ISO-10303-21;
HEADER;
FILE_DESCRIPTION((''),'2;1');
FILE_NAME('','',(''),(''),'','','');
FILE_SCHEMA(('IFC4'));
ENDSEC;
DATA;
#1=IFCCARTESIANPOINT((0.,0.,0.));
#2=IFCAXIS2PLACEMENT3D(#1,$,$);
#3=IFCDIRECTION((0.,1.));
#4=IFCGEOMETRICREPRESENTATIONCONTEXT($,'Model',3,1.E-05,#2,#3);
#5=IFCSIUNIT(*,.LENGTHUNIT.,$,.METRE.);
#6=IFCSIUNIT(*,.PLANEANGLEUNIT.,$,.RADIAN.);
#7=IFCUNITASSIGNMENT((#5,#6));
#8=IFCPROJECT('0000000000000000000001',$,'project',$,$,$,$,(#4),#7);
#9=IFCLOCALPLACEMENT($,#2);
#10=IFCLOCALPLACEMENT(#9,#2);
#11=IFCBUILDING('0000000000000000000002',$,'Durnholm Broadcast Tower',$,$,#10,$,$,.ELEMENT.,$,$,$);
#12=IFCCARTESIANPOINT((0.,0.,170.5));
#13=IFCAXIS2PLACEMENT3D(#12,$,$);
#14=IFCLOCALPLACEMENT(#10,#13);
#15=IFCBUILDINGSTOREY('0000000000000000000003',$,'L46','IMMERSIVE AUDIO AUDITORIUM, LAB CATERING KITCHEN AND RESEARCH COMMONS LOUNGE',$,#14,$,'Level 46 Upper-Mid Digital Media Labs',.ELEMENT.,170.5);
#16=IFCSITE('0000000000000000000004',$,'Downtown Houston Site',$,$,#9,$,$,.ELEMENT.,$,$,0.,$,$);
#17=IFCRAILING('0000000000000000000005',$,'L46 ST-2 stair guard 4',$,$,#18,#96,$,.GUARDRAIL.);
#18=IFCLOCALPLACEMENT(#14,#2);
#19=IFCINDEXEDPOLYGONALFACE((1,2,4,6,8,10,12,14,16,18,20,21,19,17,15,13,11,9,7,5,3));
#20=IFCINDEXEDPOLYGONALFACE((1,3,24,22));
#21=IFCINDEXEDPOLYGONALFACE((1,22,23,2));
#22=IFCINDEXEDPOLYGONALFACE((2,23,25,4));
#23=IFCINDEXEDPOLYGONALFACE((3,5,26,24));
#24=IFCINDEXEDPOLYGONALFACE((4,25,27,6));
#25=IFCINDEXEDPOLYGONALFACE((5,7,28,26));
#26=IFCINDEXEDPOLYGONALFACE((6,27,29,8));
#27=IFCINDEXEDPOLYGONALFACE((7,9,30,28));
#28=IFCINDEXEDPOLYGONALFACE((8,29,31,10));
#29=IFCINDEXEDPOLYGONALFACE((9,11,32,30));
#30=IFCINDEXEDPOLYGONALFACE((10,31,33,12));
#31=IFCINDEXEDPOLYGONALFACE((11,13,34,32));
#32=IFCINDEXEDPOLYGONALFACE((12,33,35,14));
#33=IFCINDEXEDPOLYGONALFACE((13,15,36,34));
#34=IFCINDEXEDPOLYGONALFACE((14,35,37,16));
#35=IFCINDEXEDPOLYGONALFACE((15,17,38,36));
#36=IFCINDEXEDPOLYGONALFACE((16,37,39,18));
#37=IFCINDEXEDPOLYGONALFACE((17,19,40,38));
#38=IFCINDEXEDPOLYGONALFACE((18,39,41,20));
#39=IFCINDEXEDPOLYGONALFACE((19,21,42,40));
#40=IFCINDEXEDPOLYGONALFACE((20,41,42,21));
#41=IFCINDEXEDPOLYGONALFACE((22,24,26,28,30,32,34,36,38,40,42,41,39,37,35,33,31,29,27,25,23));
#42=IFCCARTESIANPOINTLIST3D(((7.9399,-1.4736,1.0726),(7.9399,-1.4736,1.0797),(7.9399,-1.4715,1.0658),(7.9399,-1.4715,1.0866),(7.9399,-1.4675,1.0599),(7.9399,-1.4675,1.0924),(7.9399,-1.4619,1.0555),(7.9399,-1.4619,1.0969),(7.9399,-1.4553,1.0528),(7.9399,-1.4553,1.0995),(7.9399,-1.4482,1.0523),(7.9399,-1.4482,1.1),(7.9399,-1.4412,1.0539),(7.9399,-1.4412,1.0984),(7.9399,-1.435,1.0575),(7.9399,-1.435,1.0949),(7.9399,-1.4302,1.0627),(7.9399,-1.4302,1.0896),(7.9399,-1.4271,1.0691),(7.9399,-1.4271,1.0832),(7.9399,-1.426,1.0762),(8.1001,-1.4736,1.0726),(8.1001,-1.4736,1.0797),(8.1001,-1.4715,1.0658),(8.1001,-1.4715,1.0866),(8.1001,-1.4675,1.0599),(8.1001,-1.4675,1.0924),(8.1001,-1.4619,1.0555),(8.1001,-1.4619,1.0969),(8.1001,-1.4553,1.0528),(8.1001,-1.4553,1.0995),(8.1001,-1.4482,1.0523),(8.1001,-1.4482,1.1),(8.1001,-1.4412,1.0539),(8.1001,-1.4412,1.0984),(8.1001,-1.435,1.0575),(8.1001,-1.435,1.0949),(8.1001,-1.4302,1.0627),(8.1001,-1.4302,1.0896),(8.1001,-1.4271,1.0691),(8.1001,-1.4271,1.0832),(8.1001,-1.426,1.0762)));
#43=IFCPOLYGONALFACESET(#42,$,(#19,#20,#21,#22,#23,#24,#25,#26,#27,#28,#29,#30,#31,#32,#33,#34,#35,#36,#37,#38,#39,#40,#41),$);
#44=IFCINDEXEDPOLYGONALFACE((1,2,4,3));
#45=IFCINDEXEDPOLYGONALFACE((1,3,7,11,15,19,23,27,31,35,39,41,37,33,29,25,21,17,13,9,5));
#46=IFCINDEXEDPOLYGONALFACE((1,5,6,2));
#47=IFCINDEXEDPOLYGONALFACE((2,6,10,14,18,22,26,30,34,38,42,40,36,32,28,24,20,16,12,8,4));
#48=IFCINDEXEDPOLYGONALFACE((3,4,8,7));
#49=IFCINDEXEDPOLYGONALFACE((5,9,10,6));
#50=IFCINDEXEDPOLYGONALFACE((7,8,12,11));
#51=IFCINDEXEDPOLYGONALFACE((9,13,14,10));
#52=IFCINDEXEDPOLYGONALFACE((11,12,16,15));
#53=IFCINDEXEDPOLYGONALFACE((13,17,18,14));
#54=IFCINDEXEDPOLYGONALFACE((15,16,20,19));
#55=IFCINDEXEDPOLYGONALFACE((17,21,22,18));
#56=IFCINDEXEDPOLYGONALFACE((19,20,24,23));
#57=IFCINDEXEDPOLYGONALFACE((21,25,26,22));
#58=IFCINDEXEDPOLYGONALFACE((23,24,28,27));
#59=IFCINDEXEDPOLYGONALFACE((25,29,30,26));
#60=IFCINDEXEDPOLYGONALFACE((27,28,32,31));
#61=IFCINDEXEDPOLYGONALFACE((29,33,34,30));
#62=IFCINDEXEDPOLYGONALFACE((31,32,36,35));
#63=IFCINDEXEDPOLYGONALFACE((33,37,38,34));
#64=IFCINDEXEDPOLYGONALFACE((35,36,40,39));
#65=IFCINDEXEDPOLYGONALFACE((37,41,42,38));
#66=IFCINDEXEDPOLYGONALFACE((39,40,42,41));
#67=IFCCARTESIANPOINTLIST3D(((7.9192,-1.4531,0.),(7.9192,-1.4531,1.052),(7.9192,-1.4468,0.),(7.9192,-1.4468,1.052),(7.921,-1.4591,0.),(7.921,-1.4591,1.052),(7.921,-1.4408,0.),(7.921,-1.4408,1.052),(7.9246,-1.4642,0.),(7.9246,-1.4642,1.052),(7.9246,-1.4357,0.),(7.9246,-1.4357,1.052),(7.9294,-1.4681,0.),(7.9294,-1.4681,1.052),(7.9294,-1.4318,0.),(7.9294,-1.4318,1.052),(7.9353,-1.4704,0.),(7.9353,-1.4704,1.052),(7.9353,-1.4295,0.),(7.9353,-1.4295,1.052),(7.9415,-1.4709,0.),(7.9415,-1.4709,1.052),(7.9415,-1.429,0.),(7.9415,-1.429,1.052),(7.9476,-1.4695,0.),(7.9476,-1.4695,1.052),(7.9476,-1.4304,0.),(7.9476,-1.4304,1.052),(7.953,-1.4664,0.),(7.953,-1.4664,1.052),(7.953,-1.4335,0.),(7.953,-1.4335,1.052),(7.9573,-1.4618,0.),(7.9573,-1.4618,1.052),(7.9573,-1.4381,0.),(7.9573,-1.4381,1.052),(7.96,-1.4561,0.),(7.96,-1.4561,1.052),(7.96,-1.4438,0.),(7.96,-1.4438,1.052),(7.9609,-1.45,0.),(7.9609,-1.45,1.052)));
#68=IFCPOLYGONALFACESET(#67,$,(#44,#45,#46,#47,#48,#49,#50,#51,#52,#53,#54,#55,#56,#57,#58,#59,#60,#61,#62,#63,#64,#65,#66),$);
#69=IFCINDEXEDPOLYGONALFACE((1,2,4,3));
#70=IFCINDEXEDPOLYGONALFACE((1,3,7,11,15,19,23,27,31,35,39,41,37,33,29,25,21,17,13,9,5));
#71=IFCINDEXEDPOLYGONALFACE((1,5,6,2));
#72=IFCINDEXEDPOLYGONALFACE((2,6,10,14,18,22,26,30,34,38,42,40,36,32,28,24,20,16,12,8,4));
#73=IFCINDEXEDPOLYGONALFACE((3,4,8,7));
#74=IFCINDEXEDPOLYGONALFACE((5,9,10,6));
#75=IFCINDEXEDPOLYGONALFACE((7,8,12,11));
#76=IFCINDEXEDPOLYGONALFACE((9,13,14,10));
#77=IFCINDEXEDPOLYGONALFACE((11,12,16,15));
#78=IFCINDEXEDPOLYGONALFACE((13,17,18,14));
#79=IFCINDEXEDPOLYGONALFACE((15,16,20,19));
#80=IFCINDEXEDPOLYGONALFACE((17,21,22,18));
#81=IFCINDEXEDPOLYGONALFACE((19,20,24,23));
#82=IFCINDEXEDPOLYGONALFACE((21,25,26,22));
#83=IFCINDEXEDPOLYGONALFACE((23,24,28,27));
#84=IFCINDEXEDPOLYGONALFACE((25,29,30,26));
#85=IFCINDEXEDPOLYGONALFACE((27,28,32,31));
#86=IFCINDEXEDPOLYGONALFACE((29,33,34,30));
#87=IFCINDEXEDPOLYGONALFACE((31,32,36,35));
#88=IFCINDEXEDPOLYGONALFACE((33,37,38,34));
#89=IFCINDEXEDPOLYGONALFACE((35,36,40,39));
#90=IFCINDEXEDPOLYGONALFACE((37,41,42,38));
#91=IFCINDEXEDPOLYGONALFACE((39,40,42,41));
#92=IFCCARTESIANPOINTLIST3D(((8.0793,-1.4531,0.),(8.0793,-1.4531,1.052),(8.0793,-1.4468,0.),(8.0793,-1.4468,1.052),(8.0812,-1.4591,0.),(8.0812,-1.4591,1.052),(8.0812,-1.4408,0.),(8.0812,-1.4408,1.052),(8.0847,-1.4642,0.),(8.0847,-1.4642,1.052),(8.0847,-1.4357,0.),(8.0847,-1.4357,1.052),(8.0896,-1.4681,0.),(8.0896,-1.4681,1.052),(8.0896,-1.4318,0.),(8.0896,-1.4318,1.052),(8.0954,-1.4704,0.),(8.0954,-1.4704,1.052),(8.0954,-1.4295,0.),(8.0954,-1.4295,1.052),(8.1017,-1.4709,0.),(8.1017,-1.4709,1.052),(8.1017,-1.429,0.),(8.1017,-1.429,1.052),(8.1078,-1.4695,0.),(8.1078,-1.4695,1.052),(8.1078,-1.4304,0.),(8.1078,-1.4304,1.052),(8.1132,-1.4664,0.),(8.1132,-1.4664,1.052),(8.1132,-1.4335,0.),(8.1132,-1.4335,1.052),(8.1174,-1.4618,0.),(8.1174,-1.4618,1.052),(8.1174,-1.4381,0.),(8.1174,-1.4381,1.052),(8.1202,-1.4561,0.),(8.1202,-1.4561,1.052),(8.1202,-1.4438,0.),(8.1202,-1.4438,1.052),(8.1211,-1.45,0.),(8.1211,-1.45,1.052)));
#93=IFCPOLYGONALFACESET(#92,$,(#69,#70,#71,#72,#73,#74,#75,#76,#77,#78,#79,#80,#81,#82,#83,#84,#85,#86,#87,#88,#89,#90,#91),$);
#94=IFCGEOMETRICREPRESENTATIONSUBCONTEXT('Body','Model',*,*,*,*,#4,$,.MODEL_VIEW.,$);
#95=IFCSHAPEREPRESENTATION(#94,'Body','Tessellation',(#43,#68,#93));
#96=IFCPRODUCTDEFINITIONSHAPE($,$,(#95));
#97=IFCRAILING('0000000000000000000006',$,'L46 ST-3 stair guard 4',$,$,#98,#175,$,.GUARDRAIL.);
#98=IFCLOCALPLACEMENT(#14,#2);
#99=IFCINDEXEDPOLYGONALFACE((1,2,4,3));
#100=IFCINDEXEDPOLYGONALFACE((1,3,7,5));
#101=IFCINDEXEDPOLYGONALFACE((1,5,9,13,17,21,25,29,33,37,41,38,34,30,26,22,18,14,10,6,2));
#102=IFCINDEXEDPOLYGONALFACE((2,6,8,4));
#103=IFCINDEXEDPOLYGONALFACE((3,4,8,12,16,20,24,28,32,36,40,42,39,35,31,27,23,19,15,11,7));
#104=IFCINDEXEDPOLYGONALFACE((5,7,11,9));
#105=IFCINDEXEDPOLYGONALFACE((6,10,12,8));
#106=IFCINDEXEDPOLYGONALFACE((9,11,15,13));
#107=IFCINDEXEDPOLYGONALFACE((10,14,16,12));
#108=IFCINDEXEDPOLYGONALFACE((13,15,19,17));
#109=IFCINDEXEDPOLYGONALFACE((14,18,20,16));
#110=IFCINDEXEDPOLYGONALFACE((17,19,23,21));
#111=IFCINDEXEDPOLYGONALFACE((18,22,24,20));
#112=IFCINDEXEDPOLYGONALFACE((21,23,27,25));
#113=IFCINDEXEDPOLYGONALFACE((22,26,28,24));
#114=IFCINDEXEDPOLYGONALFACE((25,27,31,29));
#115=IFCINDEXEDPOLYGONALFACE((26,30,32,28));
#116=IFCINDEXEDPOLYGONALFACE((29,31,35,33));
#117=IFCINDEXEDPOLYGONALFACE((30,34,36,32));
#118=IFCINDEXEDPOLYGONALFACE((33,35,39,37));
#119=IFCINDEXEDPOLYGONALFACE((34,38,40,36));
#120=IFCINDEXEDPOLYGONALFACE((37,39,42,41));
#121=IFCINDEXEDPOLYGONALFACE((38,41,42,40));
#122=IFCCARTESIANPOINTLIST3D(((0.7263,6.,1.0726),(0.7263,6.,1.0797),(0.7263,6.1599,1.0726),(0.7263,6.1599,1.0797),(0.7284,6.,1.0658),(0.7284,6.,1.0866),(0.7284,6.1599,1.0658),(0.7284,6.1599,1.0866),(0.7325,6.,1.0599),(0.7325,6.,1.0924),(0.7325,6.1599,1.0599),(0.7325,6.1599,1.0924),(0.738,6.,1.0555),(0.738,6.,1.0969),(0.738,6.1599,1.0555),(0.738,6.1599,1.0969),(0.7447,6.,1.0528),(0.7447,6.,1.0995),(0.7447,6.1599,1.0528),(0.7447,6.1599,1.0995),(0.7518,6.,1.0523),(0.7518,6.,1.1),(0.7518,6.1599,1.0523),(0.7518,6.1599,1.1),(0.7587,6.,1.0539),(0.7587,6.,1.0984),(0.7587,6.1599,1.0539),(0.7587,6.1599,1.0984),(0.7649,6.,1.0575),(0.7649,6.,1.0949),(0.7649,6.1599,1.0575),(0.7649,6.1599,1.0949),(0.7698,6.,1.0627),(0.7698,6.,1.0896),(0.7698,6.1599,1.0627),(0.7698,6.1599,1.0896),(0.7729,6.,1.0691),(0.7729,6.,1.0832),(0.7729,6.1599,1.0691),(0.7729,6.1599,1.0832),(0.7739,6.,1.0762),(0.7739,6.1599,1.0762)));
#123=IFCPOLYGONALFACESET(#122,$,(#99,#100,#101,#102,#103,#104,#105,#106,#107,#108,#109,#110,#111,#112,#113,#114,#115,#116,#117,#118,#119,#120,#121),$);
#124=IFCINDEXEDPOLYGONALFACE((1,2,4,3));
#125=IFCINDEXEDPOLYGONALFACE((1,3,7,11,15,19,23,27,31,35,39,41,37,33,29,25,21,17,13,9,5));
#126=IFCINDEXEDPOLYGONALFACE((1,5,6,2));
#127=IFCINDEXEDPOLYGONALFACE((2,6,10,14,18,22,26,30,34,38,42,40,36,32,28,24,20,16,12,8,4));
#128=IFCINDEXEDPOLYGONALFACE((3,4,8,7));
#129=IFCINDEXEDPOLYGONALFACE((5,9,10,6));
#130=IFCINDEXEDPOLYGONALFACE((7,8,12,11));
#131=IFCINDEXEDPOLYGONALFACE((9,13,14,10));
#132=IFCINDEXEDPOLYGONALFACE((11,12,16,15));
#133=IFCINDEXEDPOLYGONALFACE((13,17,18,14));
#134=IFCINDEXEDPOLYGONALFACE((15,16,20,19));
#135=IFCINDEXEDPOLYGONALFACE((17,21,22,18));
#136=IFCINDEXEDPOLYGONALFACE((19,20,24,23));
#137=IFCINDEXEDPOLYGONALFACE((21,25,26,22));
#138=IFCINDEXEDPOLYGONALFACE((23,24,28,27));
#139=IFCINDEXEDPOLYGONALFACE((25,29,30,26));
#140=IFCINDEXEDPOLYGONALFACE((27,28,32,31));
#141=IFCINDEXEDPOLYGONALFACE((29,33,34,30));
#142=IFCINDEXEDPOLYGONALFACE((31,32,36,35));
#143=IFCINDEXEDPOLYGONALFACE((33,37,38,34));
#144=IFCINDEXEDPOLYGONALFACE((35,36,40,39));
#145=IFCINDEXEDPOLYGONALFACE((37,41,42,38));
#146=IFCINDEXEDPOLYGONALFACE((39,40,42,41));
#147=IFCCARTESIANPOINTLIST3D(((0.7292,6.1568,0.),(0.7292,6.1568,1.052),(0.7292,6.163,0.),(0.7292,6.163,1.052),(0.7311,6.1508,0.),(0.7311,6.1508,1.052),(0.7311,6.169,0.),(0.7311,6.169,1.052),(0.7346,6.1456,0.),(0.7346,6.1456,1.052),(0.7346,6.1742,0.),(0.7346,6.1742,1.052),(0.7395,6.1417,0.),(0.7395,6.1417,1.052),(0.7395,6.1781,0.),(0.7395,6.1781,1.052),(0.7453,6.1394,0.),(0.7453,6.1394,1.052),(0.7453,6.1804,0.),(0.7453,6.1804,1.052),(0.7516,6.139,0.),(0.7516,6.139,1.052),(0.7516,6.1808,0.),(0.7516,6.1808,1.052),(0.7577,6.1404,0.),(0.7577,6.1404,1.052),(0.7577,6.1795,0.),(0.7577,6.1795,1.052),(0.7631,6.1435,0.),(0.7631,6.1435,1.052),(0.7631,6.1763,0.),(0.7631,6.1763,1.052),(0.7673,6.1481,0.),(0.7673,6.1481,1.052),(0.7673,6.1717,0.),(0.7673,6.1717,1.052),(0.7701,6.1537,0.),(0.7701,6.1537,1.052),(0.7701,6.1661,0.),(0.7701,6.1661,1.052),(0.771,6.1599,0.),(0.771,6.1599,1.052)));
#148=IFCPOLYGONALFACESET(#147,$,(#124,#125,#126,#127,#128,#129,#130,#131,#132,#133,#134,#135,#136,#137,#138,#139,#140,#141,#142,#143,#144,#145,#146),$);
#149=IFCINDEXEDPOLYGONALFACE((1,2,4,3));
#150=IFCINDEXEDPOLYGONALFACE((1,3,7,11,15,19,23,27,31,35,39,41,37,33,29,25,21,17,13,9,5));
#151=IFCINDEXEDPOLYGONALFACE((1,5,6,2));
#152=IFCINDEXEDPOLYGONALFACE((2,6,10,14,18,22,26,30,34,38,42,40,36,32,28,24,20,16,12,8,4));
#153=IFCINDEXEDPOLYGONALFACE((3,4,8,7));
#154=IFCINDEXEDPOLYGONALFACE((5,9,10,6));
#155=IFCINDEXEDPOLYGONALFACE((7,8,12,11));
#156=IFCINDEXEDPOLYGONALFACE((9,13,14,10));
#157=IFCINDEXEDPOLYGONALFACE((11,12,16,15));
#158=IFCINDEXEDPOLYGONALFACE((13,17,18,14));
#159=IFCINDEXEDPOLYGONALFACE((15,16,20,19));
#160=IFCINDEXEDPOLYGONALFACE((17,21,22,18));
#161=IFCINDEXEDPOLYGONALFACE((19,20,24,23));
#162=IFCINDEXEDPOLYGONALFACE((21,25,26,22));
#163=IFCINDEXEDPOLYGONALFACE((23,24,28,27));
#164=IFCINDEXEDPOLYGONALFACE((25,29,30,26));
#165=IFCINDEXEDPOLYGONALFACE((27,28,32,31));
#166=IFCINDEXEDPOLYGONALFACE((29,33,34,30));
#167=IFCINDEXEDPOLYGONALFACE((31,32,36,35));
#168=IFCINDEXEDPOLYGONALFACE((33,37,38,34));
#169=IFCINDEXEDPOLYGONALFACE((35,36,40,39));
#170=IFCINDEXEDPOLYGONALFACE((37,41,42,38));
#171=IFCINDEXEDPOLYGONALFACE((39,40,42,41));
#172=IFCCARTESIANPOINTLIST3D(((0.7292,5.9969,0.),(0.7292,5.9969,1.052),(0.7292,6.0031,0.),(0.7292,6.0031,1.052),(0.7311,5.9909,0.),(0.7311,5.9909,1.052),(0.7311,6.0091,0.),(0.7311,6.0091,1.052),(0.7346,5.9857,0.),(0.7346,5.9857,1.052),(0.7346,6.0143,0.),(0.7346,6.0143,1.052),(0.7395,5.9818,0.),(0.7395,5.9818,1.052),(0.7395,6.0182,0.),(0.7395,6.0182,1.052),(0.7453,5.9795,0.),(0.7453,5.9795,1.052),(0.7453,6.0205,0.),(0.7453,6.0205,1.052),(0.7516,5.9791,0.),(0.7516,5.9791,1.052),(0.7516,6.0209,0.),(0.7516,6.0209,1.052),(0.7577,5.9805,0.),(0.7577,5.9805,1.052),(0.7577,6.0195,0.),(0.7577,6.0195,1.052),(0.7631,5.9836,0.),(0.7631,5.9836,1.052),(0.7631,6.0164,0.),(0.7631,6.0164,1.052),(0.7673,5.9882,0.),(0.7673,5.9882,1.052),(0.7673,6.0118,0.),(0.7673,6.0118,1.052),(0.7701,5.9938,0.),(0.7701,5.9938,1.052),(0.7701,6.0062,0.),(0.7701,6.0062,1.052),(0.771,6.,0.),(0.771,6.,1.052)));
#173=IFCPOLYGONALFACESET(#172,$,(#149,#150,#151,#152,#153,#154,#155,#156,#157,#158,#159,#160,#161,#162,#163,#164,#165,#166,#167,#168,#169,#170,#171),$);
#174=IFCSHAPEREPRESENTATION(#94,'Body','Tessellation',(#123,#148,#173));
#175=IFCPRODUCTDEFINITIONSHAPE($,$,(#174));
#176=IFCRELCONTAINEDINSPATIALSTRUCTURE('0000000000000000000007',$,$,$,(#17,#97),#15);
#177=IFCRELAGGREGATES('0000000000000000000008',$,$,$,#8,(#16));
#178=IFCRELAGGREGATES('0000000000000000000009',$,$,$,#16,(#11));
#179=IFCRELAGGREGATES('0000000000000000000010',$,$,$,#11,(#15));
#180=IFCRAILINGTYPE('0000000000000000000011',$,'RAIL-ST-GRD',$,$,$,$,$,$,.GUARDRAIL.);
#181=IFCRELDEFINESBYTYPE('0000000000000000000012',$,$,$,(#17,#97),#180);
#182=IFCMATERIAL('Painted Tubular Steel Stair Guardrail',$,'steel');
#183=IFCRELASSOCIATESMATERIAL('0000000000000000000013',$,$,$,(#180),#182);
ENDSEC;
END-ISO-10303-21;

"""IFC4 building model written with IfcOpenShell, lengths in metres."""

from ifc_helpers import new_model, si_unit, direction, frame, origin, origin_2d, place, context, subcontext, project, spatial, circle, extrude, material, type_object, element, save


model = new_model("IFC4")

# Units and contexts
model_context = context("Model", 3, precision=1e-05, world=origin(), true_north=direction((0.0, 1.0)))
body_context = subcontext(model_context, "Body", "Model", "MODEL_VIEW")
ifc_project = project(units=[si_unit("LENGTHUNIT", "METRE"), si_unit("PLANEANGLEUNIT", "RADIAN")], contexts=[model_context])

# Site, building, storey
site_placement = place(None, origin())
site = spatial("IfcSite", under=ifc_project, at=site_placement, Name="Downtown Houston Site", CompositionType="ELEMENT", RefElevation=0.0)
building_placement = place(site_placement, origin())
building = spatial("IfcBuilding", under=site, at=building_placement, Name="Durnholm Broadcast Tower", CompositionType="ELEMENT")
storey_placement = place(building_placement, frame((0.0, 0.0, 170.5)))
storey = spatial("IfcBuildingStorey", under=building, at=storey_placement, Name="L46", Description="IMMERSIVE AUDIO AUDITORIUM, LAB CATERING KITCHEN AND RESEARCH COMMONS LOUNGE", LongName="Level 46 Upper-Mid Digital Media Labs", CompositionType="ELEMENT", Elevation=170.5)

# Railings
ifc_material_1 = material(Name="Painted Tubular Steel Stair Guardrail", Category="steel")
railing_type = type_object("IfcRailingType", Name="RAIL-ST-GRD", PredefinedType="GUARDRAIL", material=ifc_material_1)
railing_1_placement = place(storey_placement, frame((7.9399, -1.45, 0.0)))
element("IfcRailing", 1, at=railing_1_placement, inside=storey, type_object=railing_type, Name="L46 ST-2 stair guard 4", PredefinedType="GUARDRAIL", context=body_context, shape_type="SweptSolid", body=[
    extrude(circle(Radius=0.0239, at=origin_2d()), frame((0.0, 0.0, 1.0762), z_axis=(1.0, 0.0, 0.0), x_axis=(0.0, 1.0, 0.0)), (0.0, 0.0, 1.0), 0.1602),
    extrude(circle(Radius=0.021, at=origin_2d()), origin(), (0.0, 0.0, 1.0), 1.052),
    extrude(circle(Radius=0.021, at=origin_2d()), frame((0.1602, 0.0, 0.0)), (0.0, 0.0, 1.0), 1.052),
])
railing_2_placement = place(storey_placement, frame((0.75, 6.1599, 0.0)))
element("IfcRailing", 2, at=railing_2_placement, inside=storey, type_object=railing_type, Name="L46 ST-3 stair guard 4", PredefinedType="GUARDRAIL", context=body_context, shape_type="SweptSolid", body=[
    extrude(circle(Radius=0.0239, at=origin_2d()), frame((0.0, 0.0, 1.0762), z_axis=(0.0, -1.0, 0.0), x_axis=(1.0, 0.0, 0.0)), (0.0, 0.0, 1.0), 0.1599),
    extrude(circle(Radius=0.021, at=origin_2d()), origin(), (0.0, 0.0, 1.0), 1.052),
    extrude(circle(Radius=0.021, at=origin_2d()), frame((0.0, -0.1599, 0.0)), (0.0, 0.0, 1.0), 1.052),
])

save(model, "model.ifc")
